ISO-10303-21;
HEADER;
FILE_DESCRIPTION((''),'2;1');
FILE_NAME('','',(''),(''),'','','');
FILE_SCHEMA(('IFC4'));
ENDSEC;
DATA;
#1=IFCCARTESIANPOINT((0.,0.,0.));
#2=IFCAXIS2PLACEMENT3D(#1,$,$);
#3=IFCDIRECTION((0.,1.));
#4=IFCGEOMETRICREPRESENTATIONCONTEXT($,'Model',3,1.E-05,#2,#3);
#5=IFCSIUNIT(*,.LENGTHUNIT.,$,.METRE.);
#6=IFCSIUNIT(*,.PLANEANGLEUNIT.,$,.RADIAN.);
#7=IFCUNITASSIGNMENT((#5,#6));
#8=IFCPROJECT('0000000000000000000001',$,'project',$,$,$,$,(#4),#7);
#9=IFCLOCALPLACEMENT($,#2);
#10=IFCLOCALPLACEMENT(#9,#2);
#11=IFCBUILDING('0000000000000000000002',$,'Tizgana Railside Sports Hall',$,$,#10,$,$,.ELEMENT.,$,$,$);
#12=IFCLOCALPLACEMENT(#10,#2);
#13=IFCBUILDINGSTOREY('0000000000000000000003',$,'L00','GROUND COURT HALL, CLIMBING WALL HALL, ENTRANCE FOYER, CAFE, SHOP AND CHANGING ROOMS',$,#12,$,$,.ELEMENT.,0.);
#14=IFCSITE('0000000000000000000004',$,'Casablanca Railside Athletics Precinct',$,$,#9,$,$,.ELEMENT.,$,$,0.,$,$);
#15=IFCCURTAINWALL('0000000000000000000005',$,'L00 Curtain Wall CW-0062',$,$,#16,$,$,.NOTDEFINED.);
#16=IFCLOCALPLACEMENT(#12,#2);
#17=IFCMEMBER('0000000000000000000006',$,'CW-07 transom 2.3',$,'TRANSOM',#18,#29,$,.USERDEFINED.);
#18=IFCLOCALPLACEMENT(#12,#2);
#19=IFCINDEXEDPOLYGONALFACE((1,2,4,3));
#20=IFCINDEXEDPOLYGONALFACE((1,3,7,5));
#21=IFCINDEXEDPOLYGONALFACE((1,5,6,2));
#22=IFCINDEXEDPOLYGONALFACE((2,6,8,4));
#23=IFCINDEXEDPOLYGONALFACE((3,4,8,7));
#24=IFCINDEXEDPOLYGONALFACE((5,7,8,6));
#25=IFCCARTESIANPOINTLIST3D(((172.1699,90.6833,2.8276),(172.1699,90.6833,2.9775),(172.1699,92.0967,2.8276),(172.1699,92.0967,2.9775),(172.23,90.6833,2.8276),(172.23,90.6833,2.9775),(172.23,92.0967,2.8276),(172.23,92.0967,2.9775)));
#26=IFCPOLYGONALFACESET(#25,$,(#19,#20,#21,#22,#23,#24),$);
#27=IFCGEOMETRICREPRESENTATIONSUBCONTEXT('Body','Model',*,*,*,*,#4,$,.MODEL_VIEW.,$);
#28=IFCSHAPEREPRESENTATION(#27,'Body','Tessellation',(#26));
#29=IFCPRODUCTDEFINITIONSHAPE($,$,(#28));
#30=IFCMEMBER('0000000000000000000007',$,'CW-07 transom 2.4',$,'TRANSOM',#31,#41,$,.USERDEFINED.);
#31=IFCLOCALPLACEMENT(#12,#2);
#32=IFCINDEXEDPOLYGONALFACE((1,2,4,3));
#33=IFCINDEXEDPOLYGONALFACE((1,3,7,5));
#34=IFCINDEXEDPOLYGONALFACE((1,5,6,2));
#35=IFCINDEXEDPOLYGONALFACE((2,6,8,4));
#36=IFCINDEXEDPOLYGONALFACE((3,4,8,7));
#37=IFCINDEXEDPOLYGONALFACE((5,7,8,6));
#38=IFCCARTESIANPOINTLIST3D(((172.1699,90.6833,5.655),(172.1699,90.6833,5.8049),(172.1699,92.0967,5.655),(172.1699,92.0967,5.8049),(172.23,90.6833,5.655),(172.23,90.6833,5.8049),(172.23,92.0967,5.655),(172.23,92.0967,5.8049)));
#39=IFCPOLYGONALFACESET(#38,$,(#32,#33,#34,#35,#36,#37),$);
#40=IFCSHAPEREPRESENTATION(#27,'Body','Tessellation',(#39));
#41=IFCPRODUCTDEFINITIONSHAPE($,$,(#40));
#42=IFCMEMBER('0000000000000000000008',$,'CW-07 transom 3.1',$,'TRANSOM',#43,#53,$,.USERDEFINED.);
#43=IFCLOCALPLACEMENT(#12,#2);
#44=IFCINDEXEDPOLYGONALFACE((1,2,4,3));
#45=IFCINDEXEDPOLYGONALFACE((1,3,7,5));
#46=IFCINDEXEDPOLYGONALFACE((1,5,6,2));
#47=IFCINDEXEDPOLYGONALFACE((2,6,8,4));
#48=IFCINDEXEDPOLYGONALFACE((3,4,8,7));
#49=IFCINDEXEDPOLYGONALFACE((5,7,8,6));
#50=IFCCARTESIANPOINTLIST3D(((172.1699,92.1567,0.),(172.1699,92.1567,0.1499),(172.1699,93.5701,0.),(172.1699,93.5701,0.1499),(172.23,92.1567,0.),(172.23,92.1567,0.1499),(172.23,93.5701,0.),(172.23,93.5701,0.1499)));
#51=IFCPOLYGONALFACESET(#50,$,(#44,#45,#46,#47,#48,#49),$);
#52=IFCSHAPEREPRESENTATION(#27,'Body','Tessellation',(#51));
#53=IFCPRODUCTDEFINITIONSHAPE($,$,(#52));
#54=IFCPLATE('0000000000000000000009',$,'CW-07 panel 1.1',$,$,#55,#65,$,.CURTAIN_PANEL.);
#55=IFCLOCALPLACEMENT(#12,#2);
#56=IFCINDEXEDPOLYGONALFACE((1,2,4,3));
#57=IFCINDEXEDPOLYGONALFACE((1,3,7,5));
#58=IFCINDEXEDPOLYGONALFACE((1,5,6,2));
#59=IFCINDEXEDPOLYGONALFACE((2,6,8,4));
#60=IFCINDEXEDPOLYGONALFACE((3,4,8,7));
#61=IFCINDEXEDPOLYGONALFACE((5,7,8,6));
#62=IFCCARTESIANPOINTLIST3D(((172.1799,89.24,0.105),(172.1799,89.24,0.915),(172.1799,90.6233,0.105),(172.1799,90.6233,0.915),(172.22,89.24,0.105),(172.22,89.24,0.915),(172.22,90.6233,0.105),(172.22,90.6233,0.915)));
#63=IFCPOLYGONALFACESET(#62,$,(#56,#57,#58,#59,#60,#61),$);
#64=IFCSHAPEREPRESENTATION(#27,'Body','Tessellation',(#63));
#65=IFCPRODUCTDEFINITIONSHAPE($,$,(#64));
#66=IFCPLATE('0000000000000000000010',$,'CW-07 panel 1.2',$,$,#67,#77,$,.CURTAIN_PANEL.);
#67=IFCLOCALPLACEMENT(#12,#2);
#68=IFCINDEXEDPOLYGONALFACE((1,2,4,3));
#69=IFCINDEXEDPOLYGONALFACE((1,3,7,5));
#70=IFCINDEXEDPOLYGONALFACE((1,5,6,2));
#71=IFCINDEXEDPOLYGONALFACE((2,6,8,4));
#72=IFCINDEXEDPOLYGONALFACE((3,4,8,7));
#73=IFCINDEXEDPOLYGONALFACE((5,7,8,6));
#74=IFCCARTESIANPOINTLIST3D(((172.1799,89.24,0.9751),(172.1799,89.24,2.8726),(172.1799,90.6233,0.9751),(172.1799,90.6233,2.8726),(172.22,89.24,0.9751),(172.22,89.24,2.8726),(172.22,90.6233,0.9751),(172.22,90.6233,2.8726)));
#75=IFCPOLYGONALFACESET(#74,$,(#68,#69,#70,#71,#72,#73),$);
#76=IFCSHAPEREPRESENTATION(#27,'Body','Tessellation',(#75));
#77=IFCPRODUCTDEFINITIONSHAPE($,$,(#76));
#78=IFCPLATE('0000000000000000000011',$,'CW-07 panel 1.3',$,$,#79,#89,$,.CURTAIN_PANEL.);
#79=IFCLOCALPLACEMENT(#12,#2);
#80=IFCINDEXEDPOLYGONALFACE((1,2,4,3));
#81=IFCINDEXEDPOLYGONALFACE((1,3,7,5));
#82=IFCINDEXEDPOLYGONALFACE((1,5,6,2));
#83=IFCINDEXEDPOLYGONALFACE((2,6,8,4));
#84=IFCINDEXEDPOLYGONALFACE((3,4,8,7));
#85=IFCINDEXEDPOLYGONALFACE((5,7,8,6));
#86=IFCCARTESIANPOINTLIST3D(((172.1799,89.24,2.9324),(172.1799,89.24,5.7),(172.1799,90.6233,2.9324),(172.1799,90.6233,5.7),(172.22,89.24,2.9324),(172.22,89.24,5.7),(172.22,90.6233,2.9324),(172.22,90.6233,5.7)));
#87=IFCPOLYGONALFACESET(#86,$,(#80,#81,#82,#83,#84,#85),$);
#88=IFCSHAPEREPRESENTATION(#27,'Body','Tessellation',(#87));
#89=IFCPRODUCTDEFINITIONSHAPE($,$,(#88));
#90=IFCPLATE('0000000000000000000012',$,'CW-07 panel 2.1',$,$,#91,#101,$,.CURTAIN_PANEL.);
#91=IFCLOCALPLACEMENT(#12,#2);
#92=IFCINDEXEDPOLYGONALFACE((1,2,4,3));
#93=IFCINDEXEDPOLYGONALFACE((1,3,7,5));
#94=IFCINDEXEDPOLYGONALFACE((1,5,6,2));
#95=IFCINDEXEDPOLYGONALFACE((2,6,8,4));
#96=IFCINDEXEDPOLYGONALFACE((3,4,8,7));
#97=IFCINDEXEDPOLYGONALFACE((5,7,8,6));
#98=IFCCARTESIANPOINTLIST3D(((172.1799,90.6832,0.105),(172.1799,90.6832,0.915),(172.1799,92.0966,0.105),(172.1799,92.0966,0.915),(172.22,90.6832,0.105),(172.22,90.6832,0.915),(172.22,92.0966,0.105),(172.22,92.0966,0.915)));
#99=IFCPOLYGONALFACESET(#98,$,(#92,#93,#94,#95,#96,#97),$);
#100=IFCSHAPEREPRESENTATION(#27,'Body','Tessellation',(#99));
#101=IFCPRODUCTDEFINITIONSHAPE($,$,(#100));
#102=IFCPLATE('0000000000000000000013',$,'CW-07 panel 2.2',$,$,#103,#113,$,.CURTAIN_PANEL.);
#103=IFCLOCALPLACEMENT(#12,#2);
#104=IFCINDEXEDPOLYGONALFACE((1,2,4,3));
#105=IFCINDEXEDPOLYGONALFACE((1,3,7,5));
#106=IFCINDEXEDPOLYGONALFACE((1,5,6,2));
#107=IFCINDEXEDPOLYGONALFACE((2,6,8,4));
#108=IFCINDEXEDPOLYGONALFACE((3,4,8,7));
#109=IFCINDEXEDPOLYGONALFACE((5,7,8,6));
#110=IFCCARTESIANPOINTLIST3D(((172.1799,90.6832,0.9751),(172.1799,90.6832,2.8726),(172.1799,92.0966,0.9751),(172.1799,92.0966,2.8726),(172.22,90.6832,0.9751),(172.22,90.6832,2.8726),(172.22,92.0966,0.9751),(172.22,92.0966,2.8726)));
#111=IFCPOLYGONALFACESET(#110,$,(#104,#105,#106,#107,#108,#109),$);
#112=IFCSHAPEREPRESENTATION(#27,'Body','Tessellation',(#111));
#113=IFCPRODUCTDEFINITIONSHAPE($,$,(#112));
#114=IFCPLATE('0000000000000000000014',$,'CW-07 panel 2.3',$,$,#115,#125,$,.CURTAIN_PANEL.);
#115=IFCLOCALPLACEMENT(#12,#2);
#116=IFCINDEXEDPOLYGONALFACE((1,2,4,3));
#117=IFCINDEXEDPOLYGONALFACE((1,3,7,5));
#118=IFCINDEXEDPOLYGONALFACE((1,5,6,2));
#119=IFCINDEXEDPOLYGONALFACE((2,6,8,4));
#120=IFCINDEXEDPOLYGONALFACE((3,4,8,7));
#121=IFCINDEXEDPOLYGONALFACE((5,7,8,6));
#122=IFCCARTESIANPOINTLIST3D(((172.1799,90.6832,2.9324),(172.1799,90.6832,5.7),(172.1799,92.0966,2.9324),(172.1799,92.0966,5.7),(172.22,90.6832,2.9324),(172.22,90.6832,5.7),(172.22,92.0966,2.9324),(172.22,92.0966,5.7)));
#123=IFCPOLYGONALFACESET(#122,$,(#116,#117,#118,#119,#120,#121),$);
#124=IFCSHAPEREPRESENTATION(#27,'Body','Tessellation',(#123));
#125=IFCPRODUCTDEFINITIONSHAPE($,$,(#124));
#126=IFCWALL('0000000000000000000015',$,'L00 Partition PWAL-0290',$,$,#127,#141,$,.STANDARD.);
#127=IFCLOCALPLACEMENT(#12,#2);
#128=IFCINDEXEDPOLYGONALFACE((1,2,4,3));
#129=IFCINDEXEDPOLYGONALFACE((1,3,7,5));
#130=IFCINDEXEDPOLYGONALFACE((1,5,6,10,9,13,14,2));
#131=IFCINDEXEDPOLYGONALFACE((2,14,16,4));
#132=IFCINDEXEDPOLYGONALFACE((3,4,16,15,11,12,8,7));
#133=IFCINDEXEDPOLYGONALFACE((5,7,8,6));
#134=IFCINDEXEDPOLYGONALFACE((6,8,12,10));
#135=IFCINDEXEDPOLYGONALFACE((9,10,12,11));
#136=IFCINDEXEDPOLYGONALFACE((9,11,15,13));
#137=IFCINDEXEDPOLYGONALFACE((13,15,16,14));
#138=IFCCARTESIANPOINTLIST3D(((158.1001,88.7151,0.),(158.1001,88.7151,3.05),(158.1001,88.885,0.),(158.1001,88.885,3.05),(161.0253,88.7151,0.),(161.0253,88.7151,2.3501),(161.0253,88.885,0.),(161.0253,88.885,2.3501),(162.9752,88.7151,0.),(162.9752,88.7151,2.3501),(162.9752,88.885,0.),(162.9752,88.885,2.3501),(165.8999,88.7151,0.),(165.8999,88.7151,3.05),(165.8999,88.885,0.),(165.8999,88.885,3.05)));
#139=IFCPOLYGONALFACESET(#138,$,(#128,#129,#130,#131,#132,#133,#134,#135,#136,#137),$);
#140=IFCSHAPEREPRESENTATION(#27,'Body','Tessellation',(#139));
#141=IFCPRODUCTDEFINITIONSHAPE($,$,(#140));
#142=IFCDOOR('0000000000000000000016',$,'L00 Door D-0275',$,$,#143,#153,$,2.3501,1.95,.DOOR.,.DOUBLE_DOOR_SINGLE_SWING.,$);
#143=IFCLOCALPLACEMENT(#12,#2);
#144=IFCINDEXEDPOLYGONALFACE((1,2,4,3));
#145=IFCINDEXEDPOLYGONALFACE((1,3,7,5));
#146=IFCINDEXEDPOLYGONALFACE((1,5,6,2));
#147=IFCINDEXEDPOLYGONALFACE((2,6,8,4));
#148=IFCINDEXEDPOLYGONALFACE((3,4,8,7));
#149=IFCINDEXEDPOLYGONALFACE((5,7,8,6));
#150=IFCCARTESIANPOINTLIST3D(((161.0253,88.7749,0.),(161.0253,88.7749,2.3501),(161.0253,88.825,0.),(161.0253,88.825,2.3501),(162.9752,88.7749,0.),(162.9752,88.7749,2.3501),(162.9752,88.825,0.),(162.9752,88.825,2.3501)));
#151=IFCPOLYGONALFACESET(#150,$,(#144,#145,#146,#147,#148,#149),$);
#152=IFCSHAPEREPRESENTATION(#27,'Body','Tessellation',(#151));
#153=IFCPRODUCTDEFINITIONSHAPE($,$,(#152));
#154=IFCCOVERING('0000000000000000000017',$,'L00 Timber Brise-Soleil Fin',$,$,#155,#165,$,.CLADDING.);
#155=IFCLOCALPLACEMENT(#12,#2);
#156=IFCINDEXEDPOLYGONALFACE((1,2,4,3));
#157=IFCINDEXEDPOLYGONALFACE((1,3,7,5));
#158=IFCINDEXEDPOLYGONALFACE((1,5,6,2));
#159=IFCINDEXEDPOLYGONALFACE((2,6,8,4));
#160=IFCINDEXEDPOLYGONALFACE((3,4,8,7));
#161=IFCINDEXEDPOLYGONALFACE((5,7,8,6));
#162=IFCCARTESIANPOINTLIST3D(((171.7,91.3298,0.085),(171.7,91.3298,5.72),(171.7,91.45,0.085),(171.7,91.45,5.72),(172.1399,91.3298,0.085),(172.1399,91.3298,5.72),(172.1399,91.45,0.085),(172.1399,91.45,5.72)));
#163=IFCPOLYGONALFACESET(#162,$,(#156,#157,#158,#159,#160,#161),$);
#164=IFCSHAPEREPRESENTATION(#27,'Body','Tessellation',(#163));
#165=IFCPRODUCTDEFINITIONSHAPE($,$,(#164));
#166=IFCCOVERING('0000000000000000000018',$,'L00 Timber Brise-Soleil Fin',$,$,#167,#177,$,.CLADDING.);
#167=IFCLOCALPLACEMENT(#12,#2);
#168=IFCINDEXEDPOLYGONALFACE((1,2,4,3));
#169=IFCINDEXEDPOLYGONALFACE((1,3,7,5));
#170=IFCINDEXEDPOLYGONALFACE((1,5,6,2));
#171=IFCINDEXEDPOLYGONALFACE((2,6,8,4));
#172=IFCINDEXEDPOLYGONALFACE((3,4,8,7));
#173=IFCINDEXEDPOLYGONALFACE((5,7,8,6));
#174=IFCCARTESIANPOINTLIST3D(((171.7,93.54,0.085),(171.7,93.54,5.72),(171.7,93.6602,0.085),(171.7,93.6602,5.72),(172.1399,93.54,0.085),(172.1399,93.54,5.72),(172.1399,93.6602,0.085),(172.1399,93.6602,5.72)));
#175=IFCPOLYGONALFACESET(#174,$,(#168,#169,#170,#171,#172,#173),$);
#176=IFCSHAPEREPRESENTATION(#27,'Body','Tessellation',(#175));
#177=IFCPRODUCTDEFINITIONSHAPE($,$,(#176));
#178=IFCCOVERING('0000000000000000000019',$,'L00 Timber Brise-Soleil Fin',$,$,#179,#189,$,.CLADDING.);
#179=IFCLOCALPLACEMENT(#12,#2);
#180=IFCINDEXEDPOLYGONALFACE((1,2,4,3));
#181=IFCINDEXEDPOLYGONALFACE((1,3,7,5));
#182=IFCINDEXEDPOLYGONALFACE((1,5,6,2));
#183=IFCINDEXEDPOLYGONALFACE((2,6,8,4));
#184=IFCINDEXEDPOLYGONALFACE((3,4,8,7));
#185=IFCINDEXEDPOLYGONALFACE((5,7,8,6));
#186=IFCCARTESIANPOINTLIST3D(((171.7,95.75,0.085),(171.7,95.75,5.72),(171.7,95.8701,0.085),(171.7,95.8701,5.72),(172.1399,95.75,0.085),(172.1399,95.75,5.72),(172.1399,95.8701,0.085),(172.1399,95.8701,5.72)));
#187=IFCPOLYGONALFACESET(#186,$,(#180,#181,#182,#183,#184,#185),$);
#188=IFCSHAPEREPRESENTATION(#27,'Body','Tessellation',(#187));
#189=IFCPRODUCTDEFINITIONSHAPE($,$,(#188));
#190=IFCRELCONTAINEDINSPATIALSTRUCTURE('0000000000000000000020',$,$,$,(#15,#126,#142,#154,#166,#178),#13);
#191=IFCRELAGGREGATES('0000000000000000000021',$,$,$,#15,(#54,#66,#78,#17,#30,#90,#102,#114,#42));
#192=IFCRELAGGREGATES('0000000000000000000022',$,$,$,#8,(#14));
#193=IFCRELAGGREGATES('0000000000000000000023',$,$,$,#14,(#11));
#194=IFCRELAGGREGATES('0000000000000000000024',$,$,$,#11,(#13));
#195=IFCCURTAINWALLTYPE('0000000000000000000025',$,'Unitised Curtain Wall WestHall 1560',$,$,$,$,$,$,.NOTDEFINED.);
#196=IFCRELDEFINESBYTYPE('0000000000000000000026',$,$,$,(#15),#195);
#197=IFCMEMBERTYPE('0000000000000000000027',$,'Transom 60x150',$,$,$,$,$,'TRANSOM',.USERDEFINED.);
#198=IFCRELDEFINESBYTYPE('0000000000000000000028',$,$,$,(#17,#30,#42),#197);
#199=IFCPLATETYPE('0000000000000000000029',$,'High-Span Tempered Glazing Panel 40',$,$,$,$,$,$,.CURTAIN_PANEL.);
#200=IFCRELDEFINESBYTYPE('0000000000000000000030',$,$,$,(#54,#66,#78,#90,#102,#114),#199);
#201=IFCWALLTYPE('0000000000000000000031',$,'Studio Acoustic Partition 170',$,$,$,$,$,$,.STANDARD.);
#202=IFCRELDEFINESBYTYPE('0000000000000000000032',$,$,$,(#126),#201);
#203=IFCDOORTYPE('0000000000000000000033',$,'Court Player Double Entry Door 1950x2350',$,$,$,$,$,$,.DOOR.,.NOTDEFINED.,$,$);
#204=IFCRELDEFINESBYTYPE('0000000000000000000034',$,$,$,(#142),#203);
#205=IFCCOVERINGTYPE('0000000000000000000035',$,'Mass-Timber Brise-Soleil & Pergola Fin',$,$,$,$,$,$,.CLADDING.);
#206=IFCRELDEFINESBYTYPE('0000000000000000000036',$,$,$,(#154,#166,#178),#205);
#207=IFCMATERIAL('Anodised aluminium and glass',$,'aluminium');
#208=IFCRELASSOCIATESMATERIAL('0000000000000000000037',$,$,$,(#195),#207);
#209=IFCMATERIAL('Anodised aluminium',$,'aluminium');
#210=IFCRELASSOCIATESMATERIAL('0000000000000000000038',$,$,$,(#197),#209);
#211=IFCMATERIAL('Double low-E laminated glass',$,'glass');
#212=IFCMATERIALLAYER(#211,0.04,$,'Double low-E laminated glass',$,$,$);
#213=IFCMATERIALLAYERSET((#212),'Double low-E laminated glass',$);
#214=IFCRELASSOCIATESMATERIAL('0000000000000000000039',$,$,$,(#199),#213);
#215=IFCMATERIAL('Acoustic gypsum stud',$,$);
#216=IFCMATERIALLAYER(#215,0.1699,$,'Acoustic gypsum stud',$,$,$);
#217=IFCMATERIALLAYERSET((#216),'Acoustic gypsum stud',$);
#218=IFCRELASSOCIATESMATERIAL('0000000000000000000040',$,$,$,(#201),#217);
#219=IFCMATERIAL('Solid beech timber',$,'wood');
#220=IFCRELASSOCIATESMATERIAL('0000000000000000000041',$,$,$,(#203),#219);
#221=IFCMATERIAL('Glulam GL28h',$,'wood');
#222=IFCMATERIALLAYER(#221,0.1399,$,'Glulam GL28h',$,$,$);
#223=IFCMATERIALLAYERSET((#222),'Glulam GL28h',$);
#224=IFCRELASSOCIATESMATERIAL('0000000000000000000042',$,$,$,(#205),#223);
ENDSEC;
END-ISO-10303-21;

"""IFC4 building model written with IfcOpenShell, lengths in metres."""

from ifc_helpers import new_model, si_unit, direction, frame, frame_2d, origin, origin_2d, place, context, subcontext, project, spatial, rectangle, extrude, material, layer, layer_set, material_profile, profile_set, type_object, element, fill, aggregate, save


model = new_model("IFC4")

# Units and contexts
model_context = context("Model", 3, precision=1e-05, world=origin(), true_north=direction((0.0, 1.0)))
body_context = subcontext(model_context, "Body", "Model", "MODEL_VIEW")
ifc_project = project(units=[si_unit("LENGTHUNIT", "METRE"), si_unit("PLANEANGLEUNIT", "RADIAN")], contexts=[model_context])

# Site, building, storey
site_placement = place(None, origin())
site = spatial("IfcSite", under=ifc_project, at=site_placement, Name="Casablanca Railside Athletics Precinct", CompositionType="ELEMENT", RefElevation=0.0)
building_placement = place(site_placement, origin())
building = spatial("IfcBuilding", under=site, at=building_placement, Name="Tizgana Railside Sports Hall", CompositionType="ELEMENT")
storey_placement = place(building_placement, origin())
storey = spatial("IfcBuildingStorey", under=building, at=storey_placement, Name="L00", Description="GROUND COURT HALL, CLIMBING WALL HALL, ENTRANCE FOYER, CAFE, SHOP AND CHANGING ROOMS", CompositionType="ELEMENT", Elevation=0.0)

# Curtain wall
ifc_material_1 = material(Name="Anodised aluminium and glass", Category="aluminium")
curtain_wall_type = type_object("IfcCurtainWallType", Name="Unitised Curtain Wall WestHall 1560", PredefinedType="NOTDEFINED", material=ifc_material_1)
curtain_wall_placement = place(storey_placement, origin())
curtain_wall = element("IfcCurtainWall", 1, at=curtain_wall_placement, inside=storey, type_object=curtain_wall_type, Name="L00 Curtain Wall CW-0062", PredefinedType="NOTDEFINED")
ifc_material_2 = material(Name="Anodised aluminium", Category="aluminium")

# Members
ifc_material_profile_1 = material_profile(ifc_material_2, rectangle(XDim=0.0601, YDim=0.1499, at=origin_2d()), Name="Transom 60x150")
ifc_profile_set_1 = profile_set([ifc_material_profile_1], Name="Anodised aluminium")
member_type_1 = type_object("IfcMemberType", Name="Transom 60x150", ElementType="TRANSOM", PredefinedType="USERDEFINED", material=ifc_profile_set_1)
member_1_placement = place(storey_placement, frame((172.2, 90.6833, 2.9026), z_axis=(0.0, 1.0, 0.0), x_axis=(-1.0, 0.0, 0.0)))
member_1 = element("IfcMember", 2, at=member_1_placement, type_object=member_type_1, Name="CW-07 transom 2.3", ObjectType="TRANSOM", PredefinedType="USERDEFINED", context=body_context, shape_type="SweptSolid", body=[
    extrude(rectangle(XDim=0.0601, YDim=0.1499, at=origin_2d()), origin(), (0.0, 0.0, 1.0), 1.4133),
])
member_2_placement = place(storey_placement, frame((172.2, 90.6833, 5.73), z_axis=(0.0, 1.0, 0.0), x_axis=(-1.0, 0.0, 0.0)))
member_2 = element("IfcMember", 3, at=member_2_placement, type_object=member_type_1, Name="CW-07 transom 2.4", ObjectType="TRANSOM", PredefinedType="USERDEFINED", context=body_context, shape_type="SweptSolid", body=[
    extrude(rectangle(XDim=0.0601, YDim=0.1499, at=origin_2d()), origin(), (0.0, 0.0, 1.0), 1.4133),
])
member_3_placement = place(storey_placement, frame((172.2, 92.1567, 0.075), z_axis=(0.0, 1.0, 0.0), x_axis=(-1.0, 0.0, 0.0)))
member_3 = element("IfcMember", 4, at=member_3_placement, type_object=member_type_1, Name="CW-07 transom 3.1", ObjectType="TRANSOM", PredefinedType="USERDEFINED", context=body_context, shape_type="SweptSolid", body=[
    extrude(rectangle(XDim=0.0601, YDim=0.1499, at=origin_2d()), origin(), (0.0, 0.0, 1.0), 1.4133),
])

# Plates
ifc_material_3 = material(Name="Double low-E laminated glass", Category="glass")
ifc_layer_1 = layer(ifc_material_3, 0.04, Name="Double low-E laminated glass")
ifc_layer_set_1 = layer_set([ifc_layer_1], Name="Double low-E laminated glass")
plate_type = type_object("IfcPlateType", Name="High-Span Tempered Glazing Panel 40", PredefinedType="CURTAIN_PANEL", material=ifc_layer_set_1)
plate_1_placement = place(storey_placement, frame((172.2, 89.9316, 0.105), z_axis=(0.0, 0.0, 1.0), x_axis=(0.0, 1.0, 0.0)))
plate_1 = element("IfcPlate", 5, at=plate_1_placement, type_object=plate_type, Name="CW-07 panel 1.1", PredefinedType="CURTAIN_PANEL", context=body_context, shape_type="SweptSolid", body=[
    extrude(rectangle(XDim=1.3833, YDim=0.04, at=origin_2d()), origin(), (0.0, 0.0, 1.0), 0.8101),
])
plate_2_placement = place(storey_placement, frame((172.2, 89.9316, 0.9751), z_axis=(0.0, 0.0, 1.0), x_axis=(0.0, 1.0, 0.0)))
plate_2 = element("IfcPlate", 6, at=plate_2_placement, type_object=plate_type, Name="CW-07 panel 1.2", PredefinedType="CURTAIN_PANEL", context=body_context, shape_type="SweptSolid", body=[
    extrude(rectangle(XDim=1.3833, YDim=0.04, at=origin_2d()), origin(), (0.0, 0.0, 1.0), 1.8975),
])
plate_3_placement = place(storey_placement, frame((172.2, 89.9316, 2.9324), z_axis=(0.0, 0.0, 1.0), x_axis=(0.0, 1.0, 0.0)))
plate_3 = element("IfcPlate", 7, at=plate_3_placement, type_object=plate_type, Name="CW-07 panel 1.3", PredefinedType="CURTAIN_PANEL", context=body_context, shape_type="SweptSolid", body=[
    extrude(rectangle(XDim=1.3833, YDim=0.04, at=origin_2d()), origin(), (0.0, 0.0, 1.0), 2.7676),
])
plate_4_placement = place(storey_placement, frame((172.2, 91.3899, 0.105), z_axis=(0.0, 0.0, 1.0), x_axis=(0.0, 1.0, 0.0)))
plate_4 = element("IfcPlate", 8, at=plate_4_placement, type_object=plate_type, Name="CW-07 panel 2.1", PredefinedType="CURTAIN_PANEL", context=body_context, shape_type="SweptSolid", body=[
    extrude(rectangle(XDim=1.4133, YDim=0.04, at=origin_2d()), origin(), (0.0, 0.0, 1.0), 0.8101),
])
plate_5_placement = place(storey_placement, frame((172.2, 91.3899, 0.9751), z_axis=(0.0, 0.0, 1.0), x_axis=(0.0, 1.0, 0.0)))
plate_5 = element("IfcPlate", 9, at=plate_5_placement, type_object=plate_type, Name="CW-07 panel 2.2", PredefinedType="CURTAIN_PANEL", context=body_context, shape_type="SweptSolid", body=[
    extrude(rectangle(XDim=1.4133, YDim=0.04, at=origin_2d()), origin(), (0.0, 0.0, 1.0), 1.8975),
])
plate_6_placement = place(storey_placement, frame((172.2, 91.3899, 2.9324), z_axis=(0.0, 0.0, 1.0), x_axis=(0.0, 1.0, 0.0)))
plate_6 = element("IfcPlate", 10, at=plate_6_placement, type_object=plate_type, Name="CW-07 panel 2.3", PredefinedType="CURTAIN_PANEL", context=body_context, shape_type="SweptSolid", body=[
    extrude(rectangle(XDim=1.4133, YDim=0.04, at=origin_2d()), origin(), (0.0, 0.0, 1.0), 2.7676),
])
aggregate(curtain_wall, [plate_1, plate_2, plate_3, member_1, member_2, plate_4, plate_5, plate_6, member_3])

# Wall, opening, door
ifc_material_4 = material(Name="Acoustic gypsum stud")
ifc_layer_2 = layer(ifc_material_4, 0.1699, Name="Acoustic gypsum stud")
ifc_layer_set_2 = layer_set([ifc_layer_2], Name="Acoustic gypsum stud")
wall_type = type_object("IfcWallType", Name="Studio Acoustic Partition 170", PredefinedType="STANDARD", material=ifc_layer_set_2)
wall_placement = place(storey_placement, frame((158.1001, 88.8, 0.0), z_axis=(0.0, 0.0, 1.0), x_axis=(1.0, 0.0, 0.0)))
wall = element("IfcWall", 11, at=wall_placement, inside=storey, type_object=wall_type, Name="L00 Partition PWAL-0290", PredefinedType="STANDARD", context=body_context, shape_type="SweptSolid", body=[
    extrude(rectangle(XDim=7.7998, YDim=0.1699, at=frame_2d((3.8999, 0.0))), origin(), (0.0, 0.0, 1.0), 3.05),
])
opening_placement = place(wall_placement, frame((2.925, 0.0, 0.0)))
opening = element("IfcOpeningElement", 12, at=opening_placement, cuts=wall, PredefinedType="OPENING", context=body_context, shape_type="SweptSolid", body=[
    extrude(rectangle(XDim=1.95, YDim=2.3501, at=frame_2d((0.9751, 1.175))), frame((0.0, 0.095, 0.0), z_axis=(0.0, -1.0, 0.0), x_axis=(1.0, 0.0, 0.0)), (0.0, 0.0, 1.0), 0.1899),
])
ifc_material_5 = material(Name="Solid beech timber", Category="wood")
door_type = type_object("IfcDoorType", Name="Court Player Double Entry Door 1950x2350", OperationType="NOTDEFINED", PredefinedType="DOOR", material=ifc_material_5)
door_placement = place(opening_placement, origin())
door = element("IfcDoor", 13, at=door_placement, inside=storey, type_object=door_type, Name="L00 Door D-0275", OperationType="DOUBLE_DOOR_SINGLE_SWING", OverallHeight=2.3501, OverallWidth=1.95, PredefinedType="DOOR", context=body_context, shape_type="SweptSolid", body=[
    extrude(rectangle(XDim=1.95, YDim=2.3501, at=frame_2d((0.9751, 1.175))), frame((0.0, 0.0249, 0.0), z_axis=(0.0, -1.0, 0.0), x_axis=(1.0, 0.0, 0.0)), (0.0, 0.0, 1.0), 0.05),
])
fill(opening, door)

# Coverings
ifc_material_6 = material(Name="Glulam GL28h", Category="wood")
ifc_layer_3 = layer(ifc_material_6, 0.1399, Name="Glulam GL28h")
ifc_layer_set_3 = layer_set([ifc_layer_3], Name="Glulam GL28h")
covering_type = type_object("IfcCoveringType", Name="Mass-Timber Brise-Soleil & Pergola Fin", PredefinedType="CLADDING", material=ifc_layer_set_3)
for number, where, z_axis, x_axis, name in (
    (14, (171.9199, 91.3899, 0.085), (0.0, 0.0, 1.0), (0.0, 1.0, 0.0), "L00 Timber Brise-Soleil Fin"),
    (15, (171.9199, 93.6001, 0.085), (0.0, 0.0, 1.0), (0.0, 1.0, 0.0), "L00 Timber Brise-Soleil Fin"),
    (16, (171.9199, 95.8101, 0.085), (0.0, 0.0, 1.0), (0.0, 1.0, 0.0), "L00 Timber Brise-Soleil Fin"),
):
    element("IfcCovering", number, at=place(storey_placement, frame(where, z_axis=z_axis, x_axis=x_axis)), inside=storey, type_object=covering_type, Name=name, PredefinedType="CLADDING", context=body_context, shape_type="SweptSolid", body=[
        extrude(rectangle(XDim=0.1201, YDim=0.4399, at=origin_2d()), origin(), (0.0, 0.0, 1.0), 5.635),
    ])

save(model, "model.ifc")
